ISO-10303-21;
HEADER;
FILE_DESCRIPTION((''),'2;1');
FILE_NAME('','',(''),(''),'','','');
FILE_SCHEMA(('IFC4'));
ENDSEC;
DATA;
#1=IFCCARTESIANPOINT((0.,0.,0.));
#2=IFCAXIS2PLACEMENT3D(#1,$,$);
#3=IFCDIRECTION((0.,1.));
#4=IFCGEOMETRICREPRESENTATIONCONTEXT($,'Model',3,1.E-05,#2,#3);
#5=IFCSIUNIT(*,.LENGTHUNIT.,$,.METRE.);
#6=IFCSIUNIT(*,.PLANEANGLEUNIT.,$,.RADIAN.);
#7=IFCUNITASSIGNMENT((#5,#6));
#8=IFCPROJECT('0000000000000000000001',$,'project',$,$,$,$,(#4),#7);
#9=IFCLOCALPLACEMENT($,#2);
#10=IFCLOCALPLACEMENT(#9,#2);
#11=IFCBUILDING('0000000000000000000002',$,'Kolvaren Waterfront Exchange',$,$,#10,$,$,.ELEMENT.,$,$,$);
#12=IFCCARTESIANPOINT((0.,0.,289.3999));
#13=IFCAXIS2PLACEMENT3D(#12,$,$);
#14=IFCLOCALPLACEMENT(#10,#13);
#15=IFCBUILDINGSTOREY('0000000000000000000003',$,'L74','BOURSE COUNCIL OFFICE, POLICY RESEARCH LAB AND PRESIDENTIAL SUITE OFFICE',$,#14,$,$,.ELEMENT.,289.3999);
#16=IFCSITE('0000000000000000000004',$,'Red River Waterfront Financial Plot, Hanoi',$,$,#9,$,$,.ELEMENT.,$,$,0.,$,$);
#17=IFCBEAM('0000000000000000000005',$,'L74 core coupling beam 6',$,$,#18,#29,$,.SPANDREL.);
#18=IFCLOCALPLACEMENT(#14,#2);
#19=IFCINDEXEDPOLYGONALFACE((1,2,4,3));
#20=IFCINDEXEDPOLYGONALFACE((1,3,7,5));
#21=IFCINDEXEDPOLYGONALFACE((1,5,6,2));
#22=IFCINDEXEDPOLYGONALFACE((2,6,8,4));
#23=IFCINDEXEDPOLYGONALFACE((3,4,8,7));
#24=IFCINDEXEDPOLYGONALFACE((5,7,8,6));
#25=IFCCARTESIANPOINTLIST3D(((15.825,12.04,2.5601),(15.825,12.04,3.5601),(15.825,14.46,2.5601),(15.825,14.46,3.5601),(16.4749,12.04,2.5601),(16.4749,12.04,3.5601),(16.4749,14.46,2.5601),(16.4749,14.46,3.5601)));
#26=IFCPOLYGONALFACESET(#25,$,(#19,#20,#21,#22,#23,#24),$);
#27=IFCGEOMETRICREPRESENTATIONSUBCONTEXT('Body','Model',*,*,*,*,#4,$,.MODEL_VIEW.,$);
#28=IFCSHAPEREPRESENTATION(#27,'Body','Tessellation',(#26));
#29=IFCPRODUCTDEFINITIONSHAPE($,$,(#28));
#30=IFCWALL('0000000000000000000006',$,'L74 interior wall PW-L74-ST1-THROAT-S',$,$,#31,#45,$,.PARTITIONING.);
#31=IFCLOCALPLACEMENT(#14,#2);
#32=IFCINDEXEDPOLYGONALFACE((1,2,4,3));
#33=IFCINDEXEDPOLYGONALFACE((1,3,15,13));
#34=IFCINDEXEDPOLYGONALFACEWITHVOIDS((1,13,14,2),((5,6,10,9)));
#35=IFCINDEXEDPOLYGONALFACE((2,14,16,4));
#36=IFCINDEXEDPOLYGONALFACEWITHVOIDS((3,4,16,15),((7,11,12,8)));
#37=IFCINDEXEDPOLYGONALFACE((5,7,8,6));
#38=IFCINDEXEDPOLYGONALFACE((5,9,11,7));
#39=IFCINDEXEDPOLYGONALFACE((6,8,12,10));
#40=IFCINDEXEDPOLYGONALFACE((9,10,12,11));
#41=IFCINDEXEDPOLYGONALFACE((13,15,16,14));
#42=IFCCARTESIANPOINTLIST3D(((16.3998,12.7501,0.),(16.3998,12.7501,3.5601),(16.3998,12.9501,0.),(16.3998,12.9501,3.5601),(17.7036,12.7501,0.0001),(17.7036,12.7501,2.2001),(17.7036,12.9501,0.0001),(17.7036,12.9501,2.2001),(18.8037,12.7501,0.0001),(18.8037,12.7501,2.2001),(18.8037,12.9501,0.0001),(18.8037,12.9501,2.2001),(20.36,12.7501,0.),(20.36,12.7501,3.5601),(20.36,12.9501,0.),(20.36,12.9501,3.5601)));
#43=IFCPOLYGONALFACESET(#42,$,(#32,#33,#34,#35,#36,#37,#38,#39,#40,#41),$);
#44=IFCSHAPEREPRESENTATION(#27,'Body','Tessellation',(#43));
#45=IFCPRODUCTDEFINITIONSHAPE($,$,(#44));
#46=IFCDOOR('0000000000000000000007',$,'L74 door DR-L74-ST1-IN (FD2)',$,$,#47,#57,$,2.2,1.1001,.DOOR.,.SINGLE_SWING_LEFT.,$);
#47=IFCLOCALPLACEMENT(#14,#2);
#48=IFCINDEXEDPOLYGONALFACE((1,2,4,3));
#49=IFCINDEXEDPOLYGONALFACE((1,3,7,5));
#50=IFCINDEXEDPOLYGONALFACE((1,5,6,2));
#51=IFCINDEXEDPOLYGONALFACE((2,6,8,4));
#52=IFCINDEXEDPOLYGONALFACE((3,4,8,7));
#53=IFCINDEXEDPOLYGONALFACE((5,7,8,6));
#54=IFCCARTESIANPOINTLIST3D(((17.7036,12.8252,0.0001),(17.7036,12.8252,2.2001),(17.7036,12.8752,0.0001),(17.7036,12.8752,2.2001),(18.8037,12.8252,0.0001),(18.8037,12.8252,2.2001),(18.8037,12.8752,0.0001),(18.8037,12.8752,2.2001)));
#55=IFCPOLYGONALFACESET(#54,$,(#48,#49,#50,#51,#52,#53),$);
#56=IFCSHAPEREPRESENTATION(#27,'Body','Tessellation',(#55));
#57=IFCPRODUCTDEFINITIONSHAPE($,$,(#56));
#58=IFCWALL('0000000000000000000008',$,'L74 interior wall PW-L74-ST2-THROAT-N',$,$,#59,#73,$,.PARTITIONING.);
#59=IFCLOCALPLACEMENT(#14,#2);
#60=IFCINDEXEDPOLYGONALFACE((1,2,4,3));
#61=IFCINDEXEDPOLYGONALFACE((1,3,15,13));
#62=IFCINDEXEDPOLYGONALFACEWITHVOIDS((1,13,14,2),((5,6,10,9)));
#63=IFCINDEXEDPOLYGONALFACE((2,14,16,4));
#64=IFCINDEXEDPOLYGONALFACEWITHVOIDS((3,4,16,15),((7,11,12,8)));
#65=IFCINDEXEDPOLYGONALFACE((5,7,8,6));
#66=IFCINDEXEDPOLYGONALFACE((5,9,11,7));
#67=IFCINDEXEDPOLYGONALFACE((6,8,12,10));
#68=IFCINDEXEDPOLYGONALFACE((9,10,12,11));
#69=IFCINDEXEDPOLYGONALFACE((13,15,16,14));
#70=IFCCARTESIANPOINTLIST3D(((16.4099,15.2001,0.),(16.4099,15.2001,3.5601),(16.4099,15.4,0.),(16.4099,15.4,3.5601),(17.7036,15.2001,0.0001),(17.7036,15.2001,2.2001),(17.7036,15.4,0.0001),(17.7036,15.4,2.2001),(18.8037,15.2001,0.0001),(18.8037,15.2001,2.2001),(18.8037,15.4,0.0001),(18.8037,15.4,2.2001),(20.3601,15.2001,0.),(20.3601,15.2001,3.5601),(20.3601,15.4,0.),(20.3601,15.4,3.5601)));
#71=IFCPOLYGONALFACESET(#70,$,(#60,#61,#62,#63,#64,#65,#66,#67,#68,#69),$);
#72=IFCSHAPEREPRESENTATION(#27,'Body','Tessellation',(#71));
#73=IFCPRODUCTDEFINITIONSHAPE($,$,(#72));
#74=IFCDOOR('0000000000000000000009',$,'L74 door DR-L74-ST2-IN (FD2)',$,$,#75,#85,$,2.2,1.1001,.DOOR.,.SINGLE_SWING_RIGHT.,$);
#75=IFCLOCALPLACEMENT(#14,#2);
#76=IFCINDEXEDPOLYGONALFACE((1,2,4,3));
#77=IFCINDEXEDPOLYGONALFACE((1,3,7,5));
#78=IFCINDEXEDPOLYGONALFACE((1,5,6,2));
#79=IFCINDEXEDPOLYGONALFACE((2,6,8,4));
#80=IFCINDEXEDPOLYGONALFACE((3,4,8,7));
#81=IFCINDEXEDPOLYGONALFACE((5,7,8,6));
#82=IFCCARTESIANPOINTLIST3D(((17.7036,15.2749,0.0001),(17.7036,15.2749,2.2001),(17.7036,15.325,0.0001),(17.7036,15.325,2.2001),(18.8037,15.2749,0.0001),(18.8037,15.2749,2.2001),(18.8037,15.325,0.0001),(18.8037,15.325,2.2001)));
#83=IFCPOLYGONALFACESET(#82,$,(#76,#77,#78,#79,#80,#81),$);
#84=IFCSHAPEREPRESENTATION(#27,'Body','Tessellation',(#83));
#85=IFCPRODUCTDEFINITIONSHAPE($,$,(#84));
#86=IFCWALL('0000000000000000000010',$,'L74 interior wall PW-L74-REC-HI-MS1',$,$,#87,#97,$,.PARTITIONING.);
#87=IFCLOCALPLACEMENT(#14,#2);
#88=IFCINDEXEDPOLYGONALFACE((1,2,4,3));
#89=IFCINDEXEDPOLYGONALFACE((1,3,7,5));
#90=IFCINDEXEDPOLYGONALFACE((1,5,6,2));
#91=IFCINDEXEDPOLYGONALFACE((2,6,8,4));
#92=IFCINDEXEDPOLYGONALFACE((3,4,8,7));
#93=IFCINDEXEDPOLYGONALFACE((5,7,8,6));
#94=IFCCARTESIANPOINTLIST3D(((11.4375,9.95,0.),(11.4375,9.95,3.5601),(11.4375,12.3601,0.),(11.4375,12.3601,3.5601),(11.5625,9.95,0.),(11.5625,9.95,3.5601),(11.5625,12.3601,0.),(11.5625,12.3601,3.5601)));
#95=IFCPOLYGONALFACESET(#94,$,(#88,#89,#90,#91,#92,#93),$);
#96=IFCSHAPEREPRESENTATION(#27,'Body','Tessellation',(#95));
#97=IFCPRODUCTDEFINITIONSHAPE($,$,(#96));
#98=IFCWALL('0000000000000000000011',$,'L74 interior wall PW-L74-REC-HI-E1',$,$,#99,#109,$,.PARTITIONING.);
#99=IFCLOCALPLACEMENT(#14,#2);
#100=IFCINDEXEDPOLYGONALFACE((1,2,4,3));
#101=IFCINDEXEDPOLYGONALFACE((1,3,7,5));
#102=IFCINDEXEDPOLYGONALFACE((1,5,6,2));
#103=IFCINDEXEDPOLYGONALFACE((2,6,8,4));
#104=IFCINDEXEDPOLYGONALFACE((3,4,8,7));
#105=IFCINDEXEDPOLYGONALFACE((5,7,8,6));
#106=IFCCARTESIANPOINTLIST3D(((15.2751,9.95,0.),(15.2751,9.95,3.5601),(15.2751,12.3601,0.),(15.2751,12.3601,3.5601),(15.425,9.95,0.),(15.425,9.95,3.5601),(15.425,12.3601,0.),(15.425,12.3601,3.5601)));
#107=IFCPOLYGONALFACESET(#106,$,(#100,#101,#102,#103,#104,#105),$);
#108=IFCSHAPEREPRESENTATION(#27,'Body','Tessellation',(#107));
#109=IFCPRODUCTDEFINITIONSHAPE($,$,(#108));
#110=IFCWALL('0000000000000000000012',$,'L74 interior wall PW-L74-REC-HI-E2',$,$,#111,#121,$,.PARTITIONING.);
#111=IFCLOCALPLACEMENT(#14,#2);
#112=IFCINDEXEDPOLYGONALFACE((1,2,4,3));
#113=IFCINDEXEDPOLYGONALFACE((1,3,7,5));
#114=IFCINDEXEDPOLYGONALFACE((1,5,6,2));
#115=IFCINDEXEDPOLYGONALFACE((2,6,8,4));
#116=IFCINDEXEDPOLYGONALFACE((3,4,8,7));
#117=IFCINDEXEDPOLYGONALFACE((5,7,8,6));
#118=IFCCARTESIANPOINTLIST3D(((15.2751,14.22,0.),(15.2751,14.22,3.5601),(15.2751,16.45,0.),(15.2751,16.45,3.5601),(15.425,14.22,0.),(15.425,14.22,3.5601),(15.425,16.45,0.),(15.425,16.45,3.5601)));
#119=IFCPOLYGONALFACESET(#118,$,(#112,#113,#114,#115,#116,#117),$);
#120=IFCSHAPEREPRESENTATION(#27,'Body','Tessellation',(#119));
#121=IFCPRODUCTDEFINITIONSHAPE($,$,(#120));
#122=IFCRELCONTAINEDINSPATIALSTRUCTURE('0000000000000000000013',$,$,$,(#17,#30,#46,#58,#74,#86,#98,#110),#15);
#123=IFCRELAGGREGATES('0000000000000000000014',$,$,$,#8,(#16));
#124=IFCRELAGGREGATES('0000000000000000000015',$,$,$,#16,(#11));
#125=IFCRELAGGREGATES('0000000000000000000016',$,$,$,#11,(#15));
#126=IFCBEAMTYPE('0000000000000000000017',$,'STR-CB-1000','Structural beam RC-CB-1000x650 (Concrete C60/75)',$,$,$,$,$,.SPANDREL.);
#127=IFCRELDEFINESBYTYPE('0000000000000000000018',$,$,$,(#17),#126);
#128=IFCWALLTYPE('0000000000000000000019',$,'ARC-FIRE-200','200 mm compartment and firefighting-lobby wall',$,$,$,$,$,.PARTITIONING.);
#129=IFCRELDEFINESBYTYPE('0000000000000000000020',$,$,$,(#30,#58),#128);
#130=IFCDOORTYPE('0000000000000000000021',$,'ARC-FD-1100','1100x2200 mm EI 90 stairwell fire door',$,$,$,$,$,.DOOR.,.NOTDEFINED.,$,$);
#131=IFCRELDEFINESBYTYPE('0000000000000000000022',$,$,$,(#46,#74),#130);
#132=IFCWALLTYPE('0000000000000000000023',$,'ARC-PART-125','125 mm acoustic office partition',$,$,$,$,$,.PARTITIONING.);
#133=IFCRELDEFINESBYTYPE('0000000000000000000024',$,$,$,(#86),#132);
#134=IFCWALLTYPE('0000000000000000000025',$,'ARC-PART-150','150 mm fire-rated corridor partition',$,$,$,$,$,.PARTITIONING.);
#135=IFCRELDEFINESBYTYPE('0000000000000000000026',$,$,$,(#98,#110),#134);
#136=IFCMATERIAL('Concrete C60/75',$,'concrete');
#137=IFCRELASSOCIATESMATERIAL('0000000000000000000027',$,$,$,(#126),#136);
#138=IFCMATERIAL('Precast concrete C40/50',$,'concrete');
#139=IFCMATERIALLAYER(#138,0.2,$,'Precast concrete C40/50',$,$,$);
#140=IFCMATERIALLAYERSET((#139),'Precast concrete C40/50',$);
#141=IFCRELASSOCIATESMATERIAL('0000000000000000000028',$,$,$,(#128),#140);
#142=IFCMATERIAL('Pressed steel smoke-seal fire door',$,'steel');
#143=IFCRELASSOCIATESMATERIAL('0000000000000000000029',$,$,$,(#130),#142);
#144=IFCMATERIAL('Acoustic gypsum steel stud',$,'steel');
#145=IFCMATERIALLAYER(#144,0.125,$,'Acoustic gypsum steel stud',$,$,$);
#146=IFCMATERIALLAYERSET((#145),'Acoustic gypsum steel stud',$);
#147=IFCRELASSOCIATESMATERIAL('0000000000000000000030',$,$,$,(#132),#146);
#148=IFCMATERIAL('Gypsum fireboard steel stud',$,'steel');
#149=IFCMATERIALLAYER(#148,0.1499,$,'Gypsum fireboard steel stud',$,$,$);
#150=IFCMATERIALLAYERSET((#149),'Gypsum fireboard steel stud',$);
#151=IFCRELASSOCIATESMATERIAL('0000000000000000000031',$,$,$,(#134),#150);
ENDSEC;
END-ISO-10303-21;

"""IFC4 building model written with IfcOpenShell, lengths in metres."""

from ifc_helpers import new_model, si_unit, direction, frame, frame_2d, origin, origin_2d, place, context, subcontext, project, spatial, rectangle, extrude, material, layer, layer_set, material_profile, profile_set, type_object, element, fill, save


model = new_model("IFC4")

# Units and contexts
model_context = context("Model", 3, precision=1e-05, world=origin(), true_north=direction((0.0, 1.0)))
body_context = subcontext(model_context, "Body", "Model", "MODEL_VIEW")
ifc_project = project(units=[si_unit("LENGTHUNIT", "METRE"), si_unit("PLANEANGLEUNIT", "RADIAN")], contexts=[model_context])

# Site, building, storey
site_placement = place(None, origin())
site = spatial("IfcSite", under=ifc_project, at=site_placement, Name="Red River Waterfront Financial Plot, Hanoi", CompositionType="ELEMENT", RefElevation=0.0)
building_placement = place(site_placement, origin())
building = spatial("IfcBuilding", under=site, at=building_placement, Name="Kolvaren Waterfront Exchange", CompositionType="ELEMENT")
storey_placement = place(building_placement, frame((0.0, 0.0, 289.3999)))
storey = spatial("IfcBuildingStorey", under=building, at=storey_placement, Name="L74", Description="BOURSE COUNCIL OFFICE, POLICY RESEARCH LAB AND PRESIDENTIAL SUITE OFFICE", CompositionType="ELEMENT", Elevation=289.3999)

# Beam
ifc_material_1 = material(Name="Concrete C60/75", Category="concrete")
ifc_material_profile = material_profile(ifc_material_1, rectangle(XDim=0.6499, YDim=1.0, at=origin_2d()), Name="RC-CB-1000x650")
ifc_profile_set = profile_set([ifc_material_profile], Name="Concrete C60/75")
beam_type = type_object("IfcBeamType", Name="STR-CB-1000", Description="Structural beam RC-CB-1000x650 (Concrete C60/75)", PredefinedType="SPANDREL", material=ifc_profile_set)
beam_placement = place(storey_placement, frame((16.1499, 12.04, 3.0601), z_axis=(0.0, 1.0, 0.0), x_axis=(-1.0, 0.0, 0.0)))
element("IfcBeam", 1, at=beam_placement, inside=storey, type_object=beam_type, Name="L74 core coupling beam 6", PredefinedType="SPANDREL", context=body_context, shape_type="SweptSolid", body=[
    extrude(rectangle(XDim=0.6499, YDim=1.0, at=origin_2d()), origin(), (0.0, 0.0, 1.0), 2.4199),
])

# Walls, openings, doors
ifc_material_2 = material(Name="Precast concrete C40/50", Category="concrete")
ifc_layer_1 = layer(ifc_material_2, 0.2, Name="Precast concrete C40/50")
ifc_layer_set_1 = layer_set([ifc_layer_1], Name="Precast concrete C40/50")
wall_type_1 = type_object("IfcWallType", Name="ARC-FIRE-200", Description="200 mm compartment and firefighting-lobby wall", PredefinedType="PARTITIONING", material=ifc_layer_set_1)
wall_1_placement = place(storey_placement, frame((16.3999, 12.8501, 0.0), z_axis=(0.0, 0.0, 1.0), x_axis=(1.0, 0.0, 0.0)))
wall_1 = element("IfcWall", 2, at=wall_1_placement, inside=storey, type_object=wall_type_1, Name="L74 interior wall PW-L74-ST1-THROAT-S", PredefinedType="PARTITIONING", context=body_context, shape_type="SweptSolid", body=[
    extrude(rectangle(XDim=3.9602, YDim=0.2, at=frame_2d((1.98, 0.0))), origin(), (0.0, 0.0, 1.0), 3.5601),
])
opening_1_placement = place(wall_1_placement, frame((1.3037, 0.0, 0.0)))
opening_1 = element("IfcOpeningElement", 3, at=opening_1_placement, cuts=wall_1, PredefinedType="OPENING", context=body_context, shape_type="SweptSolid", body=[
    extrude(rectangle(XDim=1.1001, YDim=2.2, at=frame_2d((0.55, 1.1001))), frame((0.0, 0.1099, 0.0), z_axis=(0.0, -1.0, 0.0), x_axis=(1.0, 0.0, 0.0)), (0.0, 0.0, 1.0), 0.22),
])
ifc_material_3 = material(Name="Pressed steel smoke-seal fire door", Category="steel")
door_type_1 = type_object("IfcDoorType", Name="ARC-FD-1100", Description="1100x2200 mm EI 90 stairwell fire door", OperationType="NOTDEFINED", PredefinedType="DOOR", material=ifc_material_3)
door_1_placement = place(opening_1_placement, frame((1.1001, 0.0, 0.0), z_axis=(0.0, 0.0, 1.0), x_axis=(-1.0, 0.0, 0.0)))
door_1 = element("IfcDoor", 4, at=door_1_placement, inside=storey, type_object=door_type_1, Name="L74 door DR-L74-ST1-IN (FD2)", OperationType="SINGLE_SWING_LEFT", OverallHeight=2.2, OverallWidth=1.1001, PredefinedType="DOOR", context=body_context, shape_type="SweptSolid", body=[
    extrude(rectangle(XDim=1.1001, YDim=2.2, at=frame_2d((0.55, 1.1001))), frame((0.0, 0.0249, 0.0), z_axis=(0.0, -1.0, 0.0), x_axis=(1.0, 0.0, 0.0)), (0.0, 0.0, 1.0), 0.05),
])
fill(opening_1, door_1)
wall_2_placement = place(storey_placement, frame((16.4099, 15.3, 0.0), z_axis=(0.0, 0.0, 1.0), x_axis=(1.0, 0.0, 0.0)))
wall_2 = element("IfcWall", 5, at=wall_2_placement, inside=storey, type_object=wall_type_1, Name="L74 interior wall PW-L74-ST2-THROAT-N", PredefinedType="PARTITIONING", context=body_context, shape_type="SweptSolid", body=[
    extrude(rectangle(XDim=3.9502, YDim=0.2, at=frame_2d((1.9751, 0.0))), origin(), (0.0, 0.0, 1.0), 3.5601),
])
opening_2_placement = place(wall_2_placement, frame((1.2937, 0.0, 0.0)))
opening_2 = element("IfcOpeningElement", 6, at=opening_2_placement, cuts=wall_2, PredefinedType="OPENING", context=body_context, shape_type="SweptSolid", body=[
    extrude(rectangle(XDim=1.1001, YDim=2.2, at=frame_2d((0.55, 1.1001))), frame((0.0, 0.1099, 0.0), z_axis=(0.0, -1.0, 0.0), x_axis=(1.0, 0.0, 0.0)), (0.0, 0.0, 1.0), 0.22),
])
door_2_placement = place(opening_2_placement, origin())
door_2 = element("IfcDoor", 7, at=door_2_placement, inside=storey, type_object=door_type_1, Name="L74 door DR-L74-ST2-IN (FD2)", OperationType="SINGLE_SWING_RIGHT", OverallHeight=2.2, OverallWidth=1.1001, PredefinedType="DOOR", context=body_context, shape_type="SweptSolid", body=[
    extrude(rectangle(XDim=1.1001, YDim=2.2, at=frame_2d((0.55, 1.1001))), frame((0.0, 0.0249, 0.0), z_axis=(0.0, -1.0, 0.0), x_axis=(1.0, 0.0, 0.0)), (0.0, 0.0, 1.0), 0.05),
])
fill(opening_2, door_2)

# Walls
ifc_material_4 = material(Name="Acoustic gypsum steel stud", Category="steel")
ifc_layer_2 = layer(ifc_material_4, 0.125, Name="Acoustic gypsum steel stud")
ifc_layer_set_2 = layer_set([ifc_layer_2], Name="Acoustic gypsum steel stud")
wall_type_2 = type_object("IfcWallType", Name="ARC-PART-125", Description="125 mm acoustic office partition", PredefinedType="PARTITIONING", material=ifc_layer_set_2)
wall_3_placement = place(storey_placement, frame((11.5, 9.95, 0.0), z_axis=(0.0, 0.0, 1.0), x_axis=(0.0, 1.0, 0.0)))
element("IfcWall", 8, at=wall_3_placement, inside=storey, type_object=wall_type_2, Name="L74 interior wall PW-L74-REC-HI-MS1", PredefinedType="PARTITIONING", context=body_context, shape_type="SweptSolid", body=[
    extrude(rectangle(XDim=2.4102, YDim=0.125, at=frame_2d((1.2051, 0.0))), origin(), (0.0, 0.0, 1.0), 3.5601),
])
ifc_material_5 = material(Name="Gypsum fireboard steel stud", Category="steel")
ifc_layer_3 = layer(ifc_material_5, 0.1499, Name="Gypsum fireboard steel stud")
ifc_layer_set_3 = layer_set([ifc_layer_3], Name="Gypsum fireboard steel stud")
wall_type_3 = type_object("IfcWallType", Name="ARC-PART-150", Description="150 mm fire-rated corridor partition", PredefinedType="PARTITIONING", material=ifc_layer_set_3)
wall_4_placement = place(storey_placement, frame((15.3501, 9.95, 0.0), z_axis=(0.0, 0.0, 1.0), x_axis=(0.0, 1.0, 0.0)))
element("IfcWall", 9, at=wall_4_placement, inside=storey, type_object=wall_type_3, Name="L74 interior wall PW-L74-REC-HI-E1", PredefinedType="PARTITIONING", context=body_context, shape_type="SweptSolid", body=[
    extrude(rectangle(XDim=2.4102, YDim=0.1499, at=frame_2d((1.2051, 0.0))), origin(), (0.0, 0.0, 1.0), 3.5601),
])
wall_5_placement = place(storey_placement, frame((15.3501, 14.22, 0.0), z_axis=(0.0, 0.0, 1.0), x_axis=(0.0, 1.0, 0.0)))
element("IfcWall", 10, at=wall_5_placement, inside=storey, type_object=wall_type_3, Name="L74 interior wall PW-L74-REC-HI-E2", PredefinedType="PARTITIONING", context=body_context, shape_type="SweptSolid", body=[
    extrude(rectangle(XDim=2.23, YDim=0.1499, at=frame_2d((1.115, 0.0))), origin(), (0.0, 0.0, 1.0), 3.5601),
])

save(model, "model.ifc")
